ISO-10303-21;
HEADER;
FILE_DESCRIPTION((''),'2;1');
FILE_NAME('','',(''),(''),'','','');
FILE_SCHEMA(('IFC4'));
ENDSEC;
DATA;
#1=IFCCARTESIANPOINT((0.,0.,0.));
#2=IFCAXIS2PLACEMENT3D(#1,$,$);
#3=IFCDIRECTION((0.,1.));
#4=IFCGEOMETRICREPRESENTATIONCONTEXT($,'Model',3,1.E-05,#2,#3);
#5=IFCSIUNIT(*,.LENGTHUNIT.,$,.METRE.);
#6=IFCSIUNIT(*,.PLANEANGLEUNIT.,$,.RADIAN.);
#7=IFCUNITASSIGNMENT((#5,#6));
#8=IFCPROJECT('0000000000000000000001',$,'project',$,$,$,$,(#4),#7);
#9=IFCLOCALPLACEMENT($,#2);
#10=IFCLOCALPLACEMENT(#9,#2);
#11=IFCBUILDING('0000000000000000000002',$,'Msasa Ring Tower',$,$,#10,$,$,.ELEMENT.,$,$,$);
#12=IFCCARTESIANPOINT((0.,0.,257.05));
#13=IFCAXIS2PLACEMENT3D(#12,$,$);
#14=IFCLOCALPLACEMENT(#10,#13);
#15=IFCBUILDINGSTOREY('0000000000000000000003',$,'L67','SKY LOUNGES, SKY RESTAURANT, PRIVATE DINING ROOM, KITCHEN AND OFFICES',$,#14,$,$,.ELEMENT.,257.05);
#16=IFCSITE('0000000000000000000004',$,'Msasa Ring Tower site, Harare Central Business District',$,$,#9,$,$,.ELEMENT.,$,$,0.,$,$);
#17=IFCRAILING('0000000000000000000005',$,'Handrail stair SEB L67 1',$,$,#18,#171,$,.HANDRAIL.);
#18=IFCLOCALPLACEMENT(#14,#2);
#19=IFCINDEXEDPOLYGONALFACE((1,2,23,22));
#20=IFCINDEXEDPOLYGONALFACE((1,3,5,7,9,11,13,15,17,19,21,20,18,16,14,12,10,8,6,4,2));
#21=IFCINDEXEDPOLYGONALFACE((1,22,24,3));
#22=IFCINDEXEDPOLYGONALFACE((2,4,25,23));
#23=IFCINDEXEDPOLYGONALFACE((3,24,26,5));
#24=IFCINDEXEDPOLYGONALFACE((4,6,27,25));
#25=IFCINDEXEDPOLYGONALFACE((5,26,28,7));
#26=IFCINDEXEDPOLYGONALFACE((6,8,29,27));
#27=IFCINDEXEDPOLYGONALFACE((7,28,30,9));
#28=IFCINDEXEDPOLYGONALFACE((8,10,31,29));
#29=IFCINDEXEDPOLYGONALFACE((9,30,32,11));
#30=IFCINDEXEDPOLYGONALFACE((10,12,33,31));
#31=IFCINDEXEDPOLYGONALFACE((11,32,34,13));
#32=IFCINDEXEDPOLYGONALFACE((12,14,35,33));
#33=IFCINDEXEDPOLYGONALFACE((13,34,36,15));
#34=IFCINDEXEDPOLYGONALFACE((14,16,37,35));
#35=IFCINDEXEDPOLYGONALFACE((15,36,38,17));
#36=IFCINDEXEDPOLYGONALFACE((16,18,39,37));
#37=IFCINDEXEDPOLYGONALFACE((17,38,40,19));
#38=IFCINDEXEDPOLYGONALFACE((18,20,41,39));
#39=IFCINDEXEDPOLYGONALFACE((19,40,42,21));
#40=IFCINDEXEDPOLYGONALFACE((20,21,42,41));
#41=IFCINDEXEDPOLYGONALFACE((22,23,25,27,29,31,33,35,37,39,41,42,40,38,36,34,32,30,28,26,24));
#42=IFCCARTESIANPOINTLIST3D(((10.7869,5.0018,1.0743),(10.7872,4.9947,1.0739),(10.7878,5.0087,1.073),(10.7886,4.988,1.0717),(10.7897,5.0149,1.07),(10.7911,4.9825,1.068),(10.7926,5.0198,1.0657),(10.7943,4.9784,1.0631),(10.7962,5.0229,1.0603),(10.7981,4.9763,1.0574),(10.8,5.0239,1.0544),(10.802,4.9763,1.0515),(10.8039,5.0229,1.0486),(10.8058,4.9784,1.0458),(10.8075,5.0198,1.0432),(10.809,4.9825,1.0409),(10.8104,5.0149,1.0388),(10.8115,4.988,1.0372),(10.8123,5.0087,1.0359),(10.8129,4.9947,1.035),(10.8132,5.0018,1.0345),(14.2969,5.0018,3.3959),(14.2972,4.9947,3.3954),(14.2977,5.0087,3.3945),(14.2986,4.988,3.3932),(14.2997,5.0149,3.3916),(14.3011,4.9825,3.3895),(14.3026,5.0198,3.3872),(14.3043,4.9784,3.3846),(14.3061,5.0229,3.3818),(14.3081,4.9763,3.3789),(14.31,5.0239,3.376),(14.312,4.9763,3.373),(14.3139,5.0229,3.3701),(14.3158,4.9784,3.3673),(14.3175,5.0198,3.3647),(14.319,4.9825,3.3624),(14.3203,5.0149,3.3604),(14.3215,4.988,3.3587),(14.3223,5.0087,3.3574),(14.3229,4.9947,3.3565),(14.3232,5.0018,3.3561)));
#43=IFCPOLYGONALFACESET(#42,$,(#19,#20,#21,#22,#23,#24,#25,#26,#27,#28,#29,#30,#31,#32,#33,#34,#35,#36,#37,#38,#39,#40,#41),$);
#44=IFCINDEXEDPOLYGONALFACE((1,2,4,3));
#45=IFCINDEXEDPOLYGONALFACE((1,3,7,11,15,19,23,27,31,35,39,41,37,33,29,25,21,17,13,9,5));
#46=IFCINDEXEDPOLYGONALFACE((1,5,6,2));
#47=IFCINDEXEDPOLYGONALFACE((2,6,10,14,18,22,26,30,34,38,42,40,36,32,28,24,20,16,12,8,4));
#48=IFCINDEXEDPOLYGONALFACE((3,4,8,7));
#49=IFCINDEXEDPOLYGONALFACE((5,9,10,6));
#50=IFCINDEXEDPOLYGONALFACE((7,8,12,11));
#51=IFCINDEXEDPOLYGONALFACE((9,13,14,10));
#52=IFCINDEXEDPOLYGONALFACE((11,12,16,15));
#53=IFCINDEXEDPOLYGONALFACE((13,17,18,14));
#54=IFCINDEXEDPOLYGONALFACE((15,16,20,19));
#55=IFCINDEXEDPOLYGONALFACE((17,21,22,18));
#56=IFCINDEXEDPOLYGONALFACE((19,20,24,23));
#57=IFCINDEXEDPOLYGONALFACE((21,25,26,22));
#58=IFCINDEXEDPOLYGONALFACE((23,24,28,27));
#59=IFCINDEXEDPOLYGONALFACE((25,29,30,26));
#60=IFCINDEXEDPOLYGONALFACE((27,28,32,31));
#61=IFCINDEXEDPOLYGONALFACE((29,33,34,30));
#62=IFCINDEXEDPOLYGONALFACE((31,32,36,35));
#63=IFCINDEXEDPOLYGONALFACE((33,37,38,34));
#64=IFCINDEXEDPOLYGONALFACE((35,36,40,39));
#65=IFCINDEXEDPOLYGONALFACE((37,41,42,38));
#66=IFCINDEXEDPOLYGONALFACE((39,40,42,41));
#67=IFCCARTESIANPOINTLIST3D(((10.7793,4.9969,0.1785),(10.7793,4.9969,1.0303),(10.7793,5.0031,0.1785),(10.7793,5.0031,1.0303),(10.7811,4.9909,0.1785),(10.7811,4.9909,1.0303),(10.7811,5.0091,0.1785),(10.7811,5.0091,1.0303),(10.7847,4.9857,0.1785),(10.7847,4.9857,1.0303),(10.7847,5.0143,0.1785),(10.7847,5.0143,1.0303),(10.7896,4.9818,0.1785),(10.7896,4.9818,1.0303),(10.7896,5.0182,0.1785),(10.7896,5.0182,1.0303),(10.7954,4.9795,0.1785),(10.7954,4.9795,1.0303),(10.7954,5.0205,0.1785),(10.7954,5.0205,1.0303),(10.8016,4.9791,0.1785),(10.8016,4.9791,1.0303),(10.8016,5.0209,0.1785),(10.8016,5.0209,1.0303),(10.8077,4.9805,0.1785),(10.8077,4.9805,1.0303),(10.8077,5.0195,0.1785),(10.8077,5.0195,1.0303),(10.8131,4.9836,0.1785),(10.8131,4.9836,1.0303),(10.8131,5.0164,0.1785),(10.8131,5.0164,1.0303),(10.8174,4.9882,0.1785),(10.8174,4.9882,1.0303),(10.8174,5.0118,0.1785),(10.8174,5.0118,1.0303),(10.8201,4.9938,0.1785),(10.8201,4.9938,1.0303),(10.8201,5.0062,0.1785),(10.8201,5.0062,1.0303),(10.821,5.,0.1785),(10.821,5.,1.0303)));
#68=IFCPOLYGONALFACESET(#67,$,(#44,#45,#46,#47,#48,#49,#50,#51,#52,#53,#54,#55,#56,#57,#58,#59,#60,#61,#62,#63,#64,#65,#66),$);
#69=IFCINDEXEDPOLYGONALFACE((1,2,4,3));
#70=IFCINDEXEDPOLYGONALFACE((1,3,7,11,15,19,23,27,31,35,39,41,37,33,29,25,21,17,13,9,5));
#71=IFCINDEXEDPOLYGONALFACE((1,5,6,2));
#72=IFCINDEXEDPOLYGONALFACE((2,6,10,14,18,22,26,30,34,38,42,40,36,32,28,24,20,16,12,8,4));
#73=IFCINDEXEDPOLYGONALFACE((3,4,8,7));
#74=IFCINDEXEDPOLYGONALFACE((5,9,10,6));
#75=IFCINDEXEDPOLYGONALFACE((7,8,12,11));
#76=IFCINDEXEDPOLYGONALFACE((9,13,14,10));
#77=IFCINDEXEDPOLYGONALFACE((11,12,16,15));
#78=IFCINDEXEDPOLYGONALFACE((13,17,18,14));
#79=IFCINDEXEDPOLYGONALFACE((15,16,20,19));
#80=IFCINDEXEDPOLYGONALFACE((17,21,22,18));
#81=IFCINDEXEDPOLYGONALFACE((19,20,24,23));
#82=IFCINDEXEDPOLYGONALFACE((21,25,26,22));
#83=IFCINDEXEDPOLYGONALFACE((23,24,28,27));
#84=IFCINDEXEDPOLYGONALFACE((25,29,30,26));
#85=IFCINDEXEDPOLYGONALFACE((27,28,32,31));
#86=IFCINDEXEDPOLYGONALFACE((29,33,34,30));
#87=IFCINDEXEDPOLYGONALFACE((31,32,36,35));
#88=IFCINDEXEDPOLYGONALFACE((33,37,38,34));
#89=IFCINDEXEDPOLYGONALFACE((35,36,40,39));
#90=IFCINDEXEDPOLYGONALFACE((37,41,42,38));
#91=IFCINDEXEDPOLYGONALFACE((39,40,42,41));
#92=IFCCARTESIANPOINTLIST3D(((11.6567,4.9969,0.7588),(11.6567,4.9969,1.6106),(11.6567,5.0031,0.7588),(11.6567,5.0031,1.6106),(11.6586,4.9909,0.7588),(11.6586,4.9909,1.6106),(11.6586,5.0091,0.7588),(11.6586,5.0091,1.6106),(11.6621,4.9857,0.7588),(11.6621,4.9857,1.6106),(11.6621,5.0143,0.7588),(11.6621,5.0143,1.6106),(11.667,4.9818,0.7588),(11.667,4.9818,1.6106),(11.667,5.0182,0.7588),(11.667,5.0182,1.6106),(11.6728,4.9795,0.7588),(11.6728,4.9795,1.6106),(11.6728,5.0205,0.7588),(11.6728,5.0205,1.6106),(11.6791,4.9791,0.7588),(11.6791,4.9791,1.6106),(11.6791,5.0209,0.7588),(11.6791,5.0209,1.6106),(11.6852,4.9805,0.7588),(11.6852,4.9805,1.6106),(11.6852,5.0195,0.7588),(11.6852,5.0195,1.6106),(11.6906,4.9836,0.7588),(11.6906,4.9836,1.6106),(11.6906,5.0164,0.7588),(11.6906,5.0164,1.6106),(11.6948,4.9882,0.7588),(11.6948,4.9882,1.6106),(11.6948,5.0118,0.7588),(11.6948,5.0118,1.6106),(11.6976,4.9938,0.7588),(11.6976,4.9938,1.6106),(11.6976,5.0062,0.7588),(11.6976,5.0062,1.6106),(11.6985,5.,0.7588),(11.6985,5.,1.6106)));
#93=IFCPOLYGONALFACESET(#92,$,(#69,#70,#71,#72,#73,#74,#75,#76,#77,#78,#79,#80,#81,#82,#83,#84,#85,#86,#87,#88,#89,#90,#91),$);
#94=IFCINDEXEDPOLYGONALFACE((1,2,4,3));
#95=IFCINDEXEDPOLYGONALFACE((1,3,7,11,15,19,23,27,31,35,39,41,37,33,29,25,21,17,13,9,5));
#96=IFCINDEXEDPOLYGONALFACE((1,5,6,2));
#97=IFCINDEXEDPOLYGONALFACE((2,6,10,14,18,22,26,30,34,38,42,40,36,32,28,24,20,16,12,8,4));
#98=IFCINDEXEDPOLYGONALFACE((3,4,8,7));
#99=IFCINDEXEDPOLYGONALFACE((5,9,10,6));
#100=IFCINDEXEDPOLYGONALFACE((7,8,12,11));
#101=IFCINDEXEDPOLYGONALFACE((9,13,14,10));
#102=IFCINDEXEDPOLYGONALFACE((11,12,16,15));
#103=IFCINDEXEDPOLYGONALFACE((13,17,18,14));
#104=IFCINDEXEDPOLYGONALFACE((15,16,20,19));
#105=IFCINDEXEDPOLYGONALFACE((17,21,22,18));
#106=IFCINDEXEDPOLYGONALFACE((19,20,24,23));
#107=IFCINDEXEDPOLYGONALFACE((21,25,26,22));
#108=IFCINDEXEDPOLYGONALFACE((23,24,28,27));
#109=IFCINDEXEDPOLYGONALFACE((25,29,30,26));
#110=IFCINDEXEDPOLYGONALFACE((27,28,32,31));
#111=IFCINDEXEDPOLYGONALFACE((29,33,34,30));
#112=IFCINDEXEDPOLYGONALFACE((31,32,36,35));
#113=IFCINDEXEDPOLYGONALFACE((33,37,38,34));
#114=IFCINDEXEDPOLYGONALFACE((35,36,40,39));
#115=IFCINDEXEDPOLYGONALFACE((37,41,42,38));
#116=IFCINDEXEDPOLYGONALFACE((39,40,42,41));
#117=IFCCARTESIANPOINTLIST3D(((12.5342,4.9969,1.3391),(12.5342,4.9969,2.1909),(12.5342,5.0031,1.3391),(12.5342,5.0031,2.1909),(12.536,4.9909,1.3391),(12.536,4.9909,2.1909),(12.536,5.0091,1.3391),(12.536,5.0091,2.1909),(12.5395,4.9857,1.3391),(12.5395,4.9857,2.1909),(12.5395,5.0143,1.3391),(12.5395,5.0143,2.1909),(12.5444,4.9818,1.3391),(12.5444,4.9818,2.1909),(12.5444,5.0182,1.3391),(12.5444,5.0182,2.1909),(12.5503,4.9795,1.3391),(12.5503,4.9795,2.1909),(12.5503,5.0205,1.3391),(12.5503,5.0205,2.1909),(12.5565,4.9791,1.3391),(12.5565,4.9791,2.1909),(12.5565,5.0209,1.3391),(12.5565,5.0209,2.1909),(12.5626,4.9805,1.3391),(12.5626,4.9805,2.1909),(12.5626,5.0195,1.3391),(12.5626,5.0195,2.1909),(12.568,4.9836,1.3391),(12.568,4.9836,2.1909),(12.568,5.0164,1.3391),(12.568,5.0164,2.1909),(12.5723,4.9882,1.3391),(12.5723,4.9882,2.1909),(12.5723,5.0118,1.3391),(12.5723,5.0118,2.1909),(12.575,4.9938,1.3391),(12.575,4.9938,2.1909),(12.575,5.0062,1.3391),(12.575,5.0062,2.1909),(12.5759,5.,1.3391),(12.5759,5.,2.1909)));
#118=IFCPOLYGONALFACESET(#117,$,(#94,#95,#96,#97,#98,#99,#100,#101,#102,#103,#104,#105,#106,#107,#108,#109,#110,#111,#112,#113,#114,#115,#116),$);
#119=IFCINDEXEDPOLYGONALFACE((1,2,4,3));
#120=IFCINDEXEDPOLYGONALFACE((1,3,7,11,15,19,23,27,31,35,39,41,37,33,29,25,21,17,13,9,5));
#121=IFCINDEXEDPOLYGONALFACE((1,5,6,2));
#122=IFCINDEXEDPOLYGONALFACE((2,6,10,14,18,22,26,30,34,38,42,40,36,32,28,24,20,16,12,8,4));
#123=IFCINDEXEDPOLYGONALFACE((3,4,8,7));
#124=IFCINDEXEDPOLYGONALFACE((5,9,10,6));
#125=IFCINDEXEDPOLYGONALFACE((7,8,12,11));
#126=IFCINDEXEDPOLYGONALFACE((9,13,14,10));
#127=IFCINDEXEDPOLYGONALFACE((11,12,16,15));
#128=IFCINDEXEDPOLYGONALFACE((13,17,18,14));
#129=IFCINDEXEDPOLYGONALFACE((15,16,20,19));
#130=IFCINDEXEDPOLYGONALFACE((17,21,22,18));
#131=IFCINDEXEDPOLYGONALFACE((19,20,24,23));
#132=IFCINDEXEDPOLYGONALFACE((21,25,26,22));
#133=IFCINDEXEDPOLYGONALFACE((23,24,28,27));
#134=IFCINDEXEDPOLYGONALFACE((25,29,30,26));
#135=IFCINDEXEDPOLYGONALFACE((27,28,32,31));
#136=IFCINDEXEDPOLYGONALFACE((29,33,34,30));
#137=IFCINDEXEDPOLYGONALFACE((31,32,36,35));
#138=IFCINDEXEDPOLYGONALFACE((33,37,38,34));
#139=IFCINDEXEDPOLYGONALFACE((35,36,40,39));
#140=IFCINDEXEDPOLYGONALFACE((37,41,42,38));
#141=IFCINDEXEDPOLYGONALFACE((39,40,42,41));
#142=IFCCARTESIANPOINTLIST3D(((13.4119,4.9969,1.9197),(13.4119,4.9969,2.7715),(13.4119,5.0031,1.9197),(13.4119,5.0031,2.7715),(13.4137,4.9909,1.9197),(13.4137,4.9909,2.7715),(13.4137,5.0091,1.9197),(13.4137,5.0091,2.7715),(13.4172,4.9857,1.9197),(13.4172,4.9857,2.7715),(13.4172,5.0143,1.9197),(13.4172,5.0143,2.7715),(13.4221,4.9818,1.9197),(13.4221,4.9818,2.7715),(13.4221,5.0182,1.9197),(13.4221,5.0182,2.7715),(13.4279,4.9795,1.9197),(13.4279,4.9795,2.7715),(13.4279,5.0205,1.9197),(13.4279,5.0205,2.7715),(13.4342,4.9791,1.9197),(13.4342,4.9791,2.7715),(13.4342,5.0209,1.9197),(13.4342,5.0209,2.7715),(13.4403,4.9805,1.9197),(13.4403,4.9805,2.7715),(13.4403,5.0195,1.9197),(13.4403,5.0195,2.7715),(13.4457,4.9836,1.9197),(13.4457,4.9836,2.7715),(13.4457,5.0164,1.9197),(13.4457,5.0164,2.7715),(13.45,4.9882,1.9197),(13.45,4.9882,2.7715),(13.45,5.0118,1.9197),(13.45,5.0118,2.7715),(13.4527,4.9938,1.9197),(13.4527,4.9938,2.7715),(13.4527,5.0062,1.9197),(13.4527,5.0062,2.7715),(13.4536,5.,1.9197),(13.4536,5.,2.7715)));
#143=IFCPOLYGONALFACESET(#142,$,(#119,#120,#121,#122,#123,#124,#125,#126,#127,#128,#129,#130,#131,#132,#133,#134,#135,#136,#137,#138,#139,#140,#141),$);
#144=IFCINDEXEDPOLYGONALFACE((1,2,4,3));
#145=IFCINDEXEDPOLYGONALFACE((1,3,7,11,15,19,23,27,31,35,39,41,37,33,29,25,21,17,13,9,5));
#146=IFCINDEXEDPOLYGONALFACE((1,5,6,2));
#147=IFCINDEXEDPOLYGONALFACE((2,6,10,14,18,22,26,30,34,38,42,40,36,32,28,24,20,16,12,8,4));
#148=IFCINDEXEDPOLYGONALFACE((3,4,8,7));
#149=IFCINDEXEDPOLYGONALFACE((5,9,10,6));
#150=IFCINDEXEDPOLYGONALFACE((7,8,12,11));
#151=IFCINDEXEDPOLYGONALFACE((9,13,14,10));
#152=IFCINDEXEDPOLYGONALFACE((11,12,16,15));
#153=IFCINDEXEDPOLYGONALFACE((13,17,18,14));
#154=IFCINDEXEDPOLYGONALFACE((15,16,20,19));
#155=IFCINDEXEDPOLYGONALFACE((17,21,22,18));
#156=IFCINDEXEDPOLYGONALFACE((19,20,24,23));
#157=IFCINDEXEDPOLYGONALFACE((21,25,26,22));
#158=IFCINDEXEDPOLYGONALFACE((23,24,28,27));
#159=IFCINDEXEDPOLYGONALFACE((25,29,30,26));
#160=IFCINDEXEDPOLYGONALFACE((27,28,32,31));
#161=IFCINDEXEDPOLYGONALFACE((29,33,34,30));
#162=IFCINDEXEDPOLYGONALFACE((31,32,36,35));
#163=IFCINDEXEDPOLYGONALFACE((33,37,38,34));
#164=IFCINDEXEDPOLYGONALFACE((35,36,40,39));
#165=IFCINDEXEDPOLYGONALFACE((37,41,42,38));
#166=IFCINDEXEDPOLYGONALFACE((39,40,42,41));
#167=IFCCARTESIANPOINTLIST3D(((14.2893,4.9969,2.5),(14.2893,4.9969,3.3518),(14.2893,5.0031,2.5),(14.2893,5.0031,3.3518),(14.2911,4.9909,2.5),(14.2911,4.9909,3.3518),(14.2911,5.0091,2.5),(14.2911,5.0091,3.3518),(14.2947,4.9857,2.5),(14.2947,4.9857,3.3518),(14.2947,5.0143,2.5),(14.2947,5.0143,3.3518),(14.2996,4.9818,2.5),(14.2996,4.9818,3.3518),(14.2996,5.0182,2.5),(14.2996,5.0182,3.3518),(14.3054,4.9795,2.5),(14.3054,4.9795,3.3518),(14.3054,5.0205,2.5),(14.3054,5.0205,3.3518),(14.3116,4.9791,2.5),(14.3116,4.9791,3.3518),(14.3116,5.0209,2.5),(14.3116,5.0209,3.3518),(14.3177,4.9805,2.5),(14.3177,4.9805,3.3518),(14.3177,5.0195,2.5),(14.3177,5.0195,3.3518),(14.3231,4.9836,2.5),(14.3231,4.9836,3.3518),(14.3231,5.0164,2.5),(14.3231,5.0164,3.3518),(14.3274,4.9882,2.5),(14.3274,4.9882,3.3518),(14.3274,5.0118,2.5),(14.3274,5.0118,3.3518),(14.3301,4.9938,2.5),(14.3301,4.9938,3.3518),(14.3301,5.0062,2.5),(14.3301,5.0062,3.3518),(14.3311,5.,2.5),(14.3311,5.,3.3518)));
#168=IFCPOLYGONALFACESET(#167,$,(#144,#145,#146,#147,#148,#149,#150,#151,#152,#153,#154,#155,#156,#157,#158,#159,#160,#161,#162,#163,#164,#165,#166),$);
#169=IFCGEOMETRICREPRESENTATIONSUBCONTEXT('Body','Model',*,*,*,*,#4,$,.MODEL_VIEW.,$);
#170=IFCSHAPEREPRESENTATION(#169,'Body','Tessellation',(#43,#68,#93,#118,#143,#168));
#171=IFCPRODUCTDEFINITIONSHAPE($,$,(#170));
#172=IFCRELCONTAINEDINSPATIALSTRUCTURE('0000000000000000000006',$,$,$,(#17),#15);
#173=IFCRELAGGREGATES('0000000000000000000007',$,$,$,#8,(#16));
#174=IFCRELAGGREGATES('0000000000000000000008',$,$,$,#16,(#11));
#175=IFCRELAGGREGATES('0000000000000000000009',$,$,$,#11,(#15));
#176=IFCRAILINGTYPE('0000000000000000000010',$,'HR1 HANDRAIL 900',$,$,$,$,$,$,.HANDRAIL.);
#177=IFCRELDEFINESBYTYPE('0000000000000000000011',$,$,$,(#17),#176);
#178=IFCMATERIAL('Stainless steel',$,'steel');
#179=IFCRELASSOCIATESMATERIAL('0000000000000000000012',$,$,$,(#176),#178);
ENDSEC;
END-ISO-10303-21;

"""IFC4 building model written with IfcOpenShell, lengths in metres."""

from ifc_helpers import new_model, si_unit, direction, frame, origin, origin_2d, place, context, subcontext, project, spatial, circle, extrude, material, type_object, element, save


model = new_model("IFC4")

# Units and contexts
model_context = context("Model", 3, precision=1e-05, world=origin(), true_north=direction((0.0, 1.0)))
body_context = subcontext(model_context, "Body", "Model", "MODEL_VIEW")
ifc_project = project(units=[si_unit("LENGTHUNIT", "METRE"), si_unit("PLANEANGLEUNIT", "RADIAN")], contexts=[model_context])

# Site, building, storey
site_placement = place(None, origin())
site = spatial("IfcSite", under=ifc_project, at=site_placement, Name="Msasa Ring Tower site, Harare Central Business District", CompositionType="ELEMENT", RefElevation=0.0)
building_placement = place(site_placement, origin())
building = spatial("IfcBuilding", under=site, at=building_placement, Name="Msasa Ring Tower", CompositionType="ELEMENT")
storey_placement = place(building_placement, frame((0.0, 0.0, 257.05)))
storey = spatial("IfcBuildingStorey", under=building, at=storey_placement, Name="L67", Description="SKY LOUNGES, SKY RESTAURANT, PRIVATE DINING ROOM, KITCHEN AND OFFICES", CompositionType="ELEMENT", Elevation=257.05)

# Railing
ifc_material_1 = material(Name="Stainless steel", Category="steel")
railing_type = type_object("IfcRailingType", Name="HR1 HANDRAIL 900", PredefinedType="HANDRAIL", material=ifc_material_1)
railing_placement = place(storey_placement, frame((10.8, 5.0, 0.1785)))
element("IfcRailing", 1, at=railing_placement, inside=storey, type_object=railing_type, Name="Handrail stair SEB L67 1", PredefinedType="HANDRAIL", context=body_context, shape_type="SweptSolid", body=[
    extrude(circle(Radius=0.0239, at=origin_2d()), frame((0.0, 0.0, 0.876), z_axis=(0.834071, 0.0, 0.551657), x_axis=(0.0, 1.0, 0.0)), (0.0, 0.0, 1.0), 4.2083),
    extrude(circle(Radius=0.021, at=origin_2d()), origin(), (0.0, 0.0, 1.0), 0.8518),
    extrude(circle(Radius=0.021, at=origin_2d()), frame((0.8774, 0.0, 0.5803)), (0.0, 0.0, 1.0), 0.8518),
    extrude(circle(Radius=0.021, at=origin_2d()), frame((1.7549, 0.0, 1.1606)), (0.0, 0.0, 1.0), 0.8518),
    extrude(circle(Radius=0.021, at=origin_2d()), frame((2.6326, 0.0, 1.7412)), (0.0, 0.0, 1.0), 0.8518),
    extrude(circle(Radius=0.021, at=origin_2d()), frame((3.51, 0.0, 2.3215)), (0.0, 0.0, 1.0), 0.8518),
])

save(model, "model.ifc")
